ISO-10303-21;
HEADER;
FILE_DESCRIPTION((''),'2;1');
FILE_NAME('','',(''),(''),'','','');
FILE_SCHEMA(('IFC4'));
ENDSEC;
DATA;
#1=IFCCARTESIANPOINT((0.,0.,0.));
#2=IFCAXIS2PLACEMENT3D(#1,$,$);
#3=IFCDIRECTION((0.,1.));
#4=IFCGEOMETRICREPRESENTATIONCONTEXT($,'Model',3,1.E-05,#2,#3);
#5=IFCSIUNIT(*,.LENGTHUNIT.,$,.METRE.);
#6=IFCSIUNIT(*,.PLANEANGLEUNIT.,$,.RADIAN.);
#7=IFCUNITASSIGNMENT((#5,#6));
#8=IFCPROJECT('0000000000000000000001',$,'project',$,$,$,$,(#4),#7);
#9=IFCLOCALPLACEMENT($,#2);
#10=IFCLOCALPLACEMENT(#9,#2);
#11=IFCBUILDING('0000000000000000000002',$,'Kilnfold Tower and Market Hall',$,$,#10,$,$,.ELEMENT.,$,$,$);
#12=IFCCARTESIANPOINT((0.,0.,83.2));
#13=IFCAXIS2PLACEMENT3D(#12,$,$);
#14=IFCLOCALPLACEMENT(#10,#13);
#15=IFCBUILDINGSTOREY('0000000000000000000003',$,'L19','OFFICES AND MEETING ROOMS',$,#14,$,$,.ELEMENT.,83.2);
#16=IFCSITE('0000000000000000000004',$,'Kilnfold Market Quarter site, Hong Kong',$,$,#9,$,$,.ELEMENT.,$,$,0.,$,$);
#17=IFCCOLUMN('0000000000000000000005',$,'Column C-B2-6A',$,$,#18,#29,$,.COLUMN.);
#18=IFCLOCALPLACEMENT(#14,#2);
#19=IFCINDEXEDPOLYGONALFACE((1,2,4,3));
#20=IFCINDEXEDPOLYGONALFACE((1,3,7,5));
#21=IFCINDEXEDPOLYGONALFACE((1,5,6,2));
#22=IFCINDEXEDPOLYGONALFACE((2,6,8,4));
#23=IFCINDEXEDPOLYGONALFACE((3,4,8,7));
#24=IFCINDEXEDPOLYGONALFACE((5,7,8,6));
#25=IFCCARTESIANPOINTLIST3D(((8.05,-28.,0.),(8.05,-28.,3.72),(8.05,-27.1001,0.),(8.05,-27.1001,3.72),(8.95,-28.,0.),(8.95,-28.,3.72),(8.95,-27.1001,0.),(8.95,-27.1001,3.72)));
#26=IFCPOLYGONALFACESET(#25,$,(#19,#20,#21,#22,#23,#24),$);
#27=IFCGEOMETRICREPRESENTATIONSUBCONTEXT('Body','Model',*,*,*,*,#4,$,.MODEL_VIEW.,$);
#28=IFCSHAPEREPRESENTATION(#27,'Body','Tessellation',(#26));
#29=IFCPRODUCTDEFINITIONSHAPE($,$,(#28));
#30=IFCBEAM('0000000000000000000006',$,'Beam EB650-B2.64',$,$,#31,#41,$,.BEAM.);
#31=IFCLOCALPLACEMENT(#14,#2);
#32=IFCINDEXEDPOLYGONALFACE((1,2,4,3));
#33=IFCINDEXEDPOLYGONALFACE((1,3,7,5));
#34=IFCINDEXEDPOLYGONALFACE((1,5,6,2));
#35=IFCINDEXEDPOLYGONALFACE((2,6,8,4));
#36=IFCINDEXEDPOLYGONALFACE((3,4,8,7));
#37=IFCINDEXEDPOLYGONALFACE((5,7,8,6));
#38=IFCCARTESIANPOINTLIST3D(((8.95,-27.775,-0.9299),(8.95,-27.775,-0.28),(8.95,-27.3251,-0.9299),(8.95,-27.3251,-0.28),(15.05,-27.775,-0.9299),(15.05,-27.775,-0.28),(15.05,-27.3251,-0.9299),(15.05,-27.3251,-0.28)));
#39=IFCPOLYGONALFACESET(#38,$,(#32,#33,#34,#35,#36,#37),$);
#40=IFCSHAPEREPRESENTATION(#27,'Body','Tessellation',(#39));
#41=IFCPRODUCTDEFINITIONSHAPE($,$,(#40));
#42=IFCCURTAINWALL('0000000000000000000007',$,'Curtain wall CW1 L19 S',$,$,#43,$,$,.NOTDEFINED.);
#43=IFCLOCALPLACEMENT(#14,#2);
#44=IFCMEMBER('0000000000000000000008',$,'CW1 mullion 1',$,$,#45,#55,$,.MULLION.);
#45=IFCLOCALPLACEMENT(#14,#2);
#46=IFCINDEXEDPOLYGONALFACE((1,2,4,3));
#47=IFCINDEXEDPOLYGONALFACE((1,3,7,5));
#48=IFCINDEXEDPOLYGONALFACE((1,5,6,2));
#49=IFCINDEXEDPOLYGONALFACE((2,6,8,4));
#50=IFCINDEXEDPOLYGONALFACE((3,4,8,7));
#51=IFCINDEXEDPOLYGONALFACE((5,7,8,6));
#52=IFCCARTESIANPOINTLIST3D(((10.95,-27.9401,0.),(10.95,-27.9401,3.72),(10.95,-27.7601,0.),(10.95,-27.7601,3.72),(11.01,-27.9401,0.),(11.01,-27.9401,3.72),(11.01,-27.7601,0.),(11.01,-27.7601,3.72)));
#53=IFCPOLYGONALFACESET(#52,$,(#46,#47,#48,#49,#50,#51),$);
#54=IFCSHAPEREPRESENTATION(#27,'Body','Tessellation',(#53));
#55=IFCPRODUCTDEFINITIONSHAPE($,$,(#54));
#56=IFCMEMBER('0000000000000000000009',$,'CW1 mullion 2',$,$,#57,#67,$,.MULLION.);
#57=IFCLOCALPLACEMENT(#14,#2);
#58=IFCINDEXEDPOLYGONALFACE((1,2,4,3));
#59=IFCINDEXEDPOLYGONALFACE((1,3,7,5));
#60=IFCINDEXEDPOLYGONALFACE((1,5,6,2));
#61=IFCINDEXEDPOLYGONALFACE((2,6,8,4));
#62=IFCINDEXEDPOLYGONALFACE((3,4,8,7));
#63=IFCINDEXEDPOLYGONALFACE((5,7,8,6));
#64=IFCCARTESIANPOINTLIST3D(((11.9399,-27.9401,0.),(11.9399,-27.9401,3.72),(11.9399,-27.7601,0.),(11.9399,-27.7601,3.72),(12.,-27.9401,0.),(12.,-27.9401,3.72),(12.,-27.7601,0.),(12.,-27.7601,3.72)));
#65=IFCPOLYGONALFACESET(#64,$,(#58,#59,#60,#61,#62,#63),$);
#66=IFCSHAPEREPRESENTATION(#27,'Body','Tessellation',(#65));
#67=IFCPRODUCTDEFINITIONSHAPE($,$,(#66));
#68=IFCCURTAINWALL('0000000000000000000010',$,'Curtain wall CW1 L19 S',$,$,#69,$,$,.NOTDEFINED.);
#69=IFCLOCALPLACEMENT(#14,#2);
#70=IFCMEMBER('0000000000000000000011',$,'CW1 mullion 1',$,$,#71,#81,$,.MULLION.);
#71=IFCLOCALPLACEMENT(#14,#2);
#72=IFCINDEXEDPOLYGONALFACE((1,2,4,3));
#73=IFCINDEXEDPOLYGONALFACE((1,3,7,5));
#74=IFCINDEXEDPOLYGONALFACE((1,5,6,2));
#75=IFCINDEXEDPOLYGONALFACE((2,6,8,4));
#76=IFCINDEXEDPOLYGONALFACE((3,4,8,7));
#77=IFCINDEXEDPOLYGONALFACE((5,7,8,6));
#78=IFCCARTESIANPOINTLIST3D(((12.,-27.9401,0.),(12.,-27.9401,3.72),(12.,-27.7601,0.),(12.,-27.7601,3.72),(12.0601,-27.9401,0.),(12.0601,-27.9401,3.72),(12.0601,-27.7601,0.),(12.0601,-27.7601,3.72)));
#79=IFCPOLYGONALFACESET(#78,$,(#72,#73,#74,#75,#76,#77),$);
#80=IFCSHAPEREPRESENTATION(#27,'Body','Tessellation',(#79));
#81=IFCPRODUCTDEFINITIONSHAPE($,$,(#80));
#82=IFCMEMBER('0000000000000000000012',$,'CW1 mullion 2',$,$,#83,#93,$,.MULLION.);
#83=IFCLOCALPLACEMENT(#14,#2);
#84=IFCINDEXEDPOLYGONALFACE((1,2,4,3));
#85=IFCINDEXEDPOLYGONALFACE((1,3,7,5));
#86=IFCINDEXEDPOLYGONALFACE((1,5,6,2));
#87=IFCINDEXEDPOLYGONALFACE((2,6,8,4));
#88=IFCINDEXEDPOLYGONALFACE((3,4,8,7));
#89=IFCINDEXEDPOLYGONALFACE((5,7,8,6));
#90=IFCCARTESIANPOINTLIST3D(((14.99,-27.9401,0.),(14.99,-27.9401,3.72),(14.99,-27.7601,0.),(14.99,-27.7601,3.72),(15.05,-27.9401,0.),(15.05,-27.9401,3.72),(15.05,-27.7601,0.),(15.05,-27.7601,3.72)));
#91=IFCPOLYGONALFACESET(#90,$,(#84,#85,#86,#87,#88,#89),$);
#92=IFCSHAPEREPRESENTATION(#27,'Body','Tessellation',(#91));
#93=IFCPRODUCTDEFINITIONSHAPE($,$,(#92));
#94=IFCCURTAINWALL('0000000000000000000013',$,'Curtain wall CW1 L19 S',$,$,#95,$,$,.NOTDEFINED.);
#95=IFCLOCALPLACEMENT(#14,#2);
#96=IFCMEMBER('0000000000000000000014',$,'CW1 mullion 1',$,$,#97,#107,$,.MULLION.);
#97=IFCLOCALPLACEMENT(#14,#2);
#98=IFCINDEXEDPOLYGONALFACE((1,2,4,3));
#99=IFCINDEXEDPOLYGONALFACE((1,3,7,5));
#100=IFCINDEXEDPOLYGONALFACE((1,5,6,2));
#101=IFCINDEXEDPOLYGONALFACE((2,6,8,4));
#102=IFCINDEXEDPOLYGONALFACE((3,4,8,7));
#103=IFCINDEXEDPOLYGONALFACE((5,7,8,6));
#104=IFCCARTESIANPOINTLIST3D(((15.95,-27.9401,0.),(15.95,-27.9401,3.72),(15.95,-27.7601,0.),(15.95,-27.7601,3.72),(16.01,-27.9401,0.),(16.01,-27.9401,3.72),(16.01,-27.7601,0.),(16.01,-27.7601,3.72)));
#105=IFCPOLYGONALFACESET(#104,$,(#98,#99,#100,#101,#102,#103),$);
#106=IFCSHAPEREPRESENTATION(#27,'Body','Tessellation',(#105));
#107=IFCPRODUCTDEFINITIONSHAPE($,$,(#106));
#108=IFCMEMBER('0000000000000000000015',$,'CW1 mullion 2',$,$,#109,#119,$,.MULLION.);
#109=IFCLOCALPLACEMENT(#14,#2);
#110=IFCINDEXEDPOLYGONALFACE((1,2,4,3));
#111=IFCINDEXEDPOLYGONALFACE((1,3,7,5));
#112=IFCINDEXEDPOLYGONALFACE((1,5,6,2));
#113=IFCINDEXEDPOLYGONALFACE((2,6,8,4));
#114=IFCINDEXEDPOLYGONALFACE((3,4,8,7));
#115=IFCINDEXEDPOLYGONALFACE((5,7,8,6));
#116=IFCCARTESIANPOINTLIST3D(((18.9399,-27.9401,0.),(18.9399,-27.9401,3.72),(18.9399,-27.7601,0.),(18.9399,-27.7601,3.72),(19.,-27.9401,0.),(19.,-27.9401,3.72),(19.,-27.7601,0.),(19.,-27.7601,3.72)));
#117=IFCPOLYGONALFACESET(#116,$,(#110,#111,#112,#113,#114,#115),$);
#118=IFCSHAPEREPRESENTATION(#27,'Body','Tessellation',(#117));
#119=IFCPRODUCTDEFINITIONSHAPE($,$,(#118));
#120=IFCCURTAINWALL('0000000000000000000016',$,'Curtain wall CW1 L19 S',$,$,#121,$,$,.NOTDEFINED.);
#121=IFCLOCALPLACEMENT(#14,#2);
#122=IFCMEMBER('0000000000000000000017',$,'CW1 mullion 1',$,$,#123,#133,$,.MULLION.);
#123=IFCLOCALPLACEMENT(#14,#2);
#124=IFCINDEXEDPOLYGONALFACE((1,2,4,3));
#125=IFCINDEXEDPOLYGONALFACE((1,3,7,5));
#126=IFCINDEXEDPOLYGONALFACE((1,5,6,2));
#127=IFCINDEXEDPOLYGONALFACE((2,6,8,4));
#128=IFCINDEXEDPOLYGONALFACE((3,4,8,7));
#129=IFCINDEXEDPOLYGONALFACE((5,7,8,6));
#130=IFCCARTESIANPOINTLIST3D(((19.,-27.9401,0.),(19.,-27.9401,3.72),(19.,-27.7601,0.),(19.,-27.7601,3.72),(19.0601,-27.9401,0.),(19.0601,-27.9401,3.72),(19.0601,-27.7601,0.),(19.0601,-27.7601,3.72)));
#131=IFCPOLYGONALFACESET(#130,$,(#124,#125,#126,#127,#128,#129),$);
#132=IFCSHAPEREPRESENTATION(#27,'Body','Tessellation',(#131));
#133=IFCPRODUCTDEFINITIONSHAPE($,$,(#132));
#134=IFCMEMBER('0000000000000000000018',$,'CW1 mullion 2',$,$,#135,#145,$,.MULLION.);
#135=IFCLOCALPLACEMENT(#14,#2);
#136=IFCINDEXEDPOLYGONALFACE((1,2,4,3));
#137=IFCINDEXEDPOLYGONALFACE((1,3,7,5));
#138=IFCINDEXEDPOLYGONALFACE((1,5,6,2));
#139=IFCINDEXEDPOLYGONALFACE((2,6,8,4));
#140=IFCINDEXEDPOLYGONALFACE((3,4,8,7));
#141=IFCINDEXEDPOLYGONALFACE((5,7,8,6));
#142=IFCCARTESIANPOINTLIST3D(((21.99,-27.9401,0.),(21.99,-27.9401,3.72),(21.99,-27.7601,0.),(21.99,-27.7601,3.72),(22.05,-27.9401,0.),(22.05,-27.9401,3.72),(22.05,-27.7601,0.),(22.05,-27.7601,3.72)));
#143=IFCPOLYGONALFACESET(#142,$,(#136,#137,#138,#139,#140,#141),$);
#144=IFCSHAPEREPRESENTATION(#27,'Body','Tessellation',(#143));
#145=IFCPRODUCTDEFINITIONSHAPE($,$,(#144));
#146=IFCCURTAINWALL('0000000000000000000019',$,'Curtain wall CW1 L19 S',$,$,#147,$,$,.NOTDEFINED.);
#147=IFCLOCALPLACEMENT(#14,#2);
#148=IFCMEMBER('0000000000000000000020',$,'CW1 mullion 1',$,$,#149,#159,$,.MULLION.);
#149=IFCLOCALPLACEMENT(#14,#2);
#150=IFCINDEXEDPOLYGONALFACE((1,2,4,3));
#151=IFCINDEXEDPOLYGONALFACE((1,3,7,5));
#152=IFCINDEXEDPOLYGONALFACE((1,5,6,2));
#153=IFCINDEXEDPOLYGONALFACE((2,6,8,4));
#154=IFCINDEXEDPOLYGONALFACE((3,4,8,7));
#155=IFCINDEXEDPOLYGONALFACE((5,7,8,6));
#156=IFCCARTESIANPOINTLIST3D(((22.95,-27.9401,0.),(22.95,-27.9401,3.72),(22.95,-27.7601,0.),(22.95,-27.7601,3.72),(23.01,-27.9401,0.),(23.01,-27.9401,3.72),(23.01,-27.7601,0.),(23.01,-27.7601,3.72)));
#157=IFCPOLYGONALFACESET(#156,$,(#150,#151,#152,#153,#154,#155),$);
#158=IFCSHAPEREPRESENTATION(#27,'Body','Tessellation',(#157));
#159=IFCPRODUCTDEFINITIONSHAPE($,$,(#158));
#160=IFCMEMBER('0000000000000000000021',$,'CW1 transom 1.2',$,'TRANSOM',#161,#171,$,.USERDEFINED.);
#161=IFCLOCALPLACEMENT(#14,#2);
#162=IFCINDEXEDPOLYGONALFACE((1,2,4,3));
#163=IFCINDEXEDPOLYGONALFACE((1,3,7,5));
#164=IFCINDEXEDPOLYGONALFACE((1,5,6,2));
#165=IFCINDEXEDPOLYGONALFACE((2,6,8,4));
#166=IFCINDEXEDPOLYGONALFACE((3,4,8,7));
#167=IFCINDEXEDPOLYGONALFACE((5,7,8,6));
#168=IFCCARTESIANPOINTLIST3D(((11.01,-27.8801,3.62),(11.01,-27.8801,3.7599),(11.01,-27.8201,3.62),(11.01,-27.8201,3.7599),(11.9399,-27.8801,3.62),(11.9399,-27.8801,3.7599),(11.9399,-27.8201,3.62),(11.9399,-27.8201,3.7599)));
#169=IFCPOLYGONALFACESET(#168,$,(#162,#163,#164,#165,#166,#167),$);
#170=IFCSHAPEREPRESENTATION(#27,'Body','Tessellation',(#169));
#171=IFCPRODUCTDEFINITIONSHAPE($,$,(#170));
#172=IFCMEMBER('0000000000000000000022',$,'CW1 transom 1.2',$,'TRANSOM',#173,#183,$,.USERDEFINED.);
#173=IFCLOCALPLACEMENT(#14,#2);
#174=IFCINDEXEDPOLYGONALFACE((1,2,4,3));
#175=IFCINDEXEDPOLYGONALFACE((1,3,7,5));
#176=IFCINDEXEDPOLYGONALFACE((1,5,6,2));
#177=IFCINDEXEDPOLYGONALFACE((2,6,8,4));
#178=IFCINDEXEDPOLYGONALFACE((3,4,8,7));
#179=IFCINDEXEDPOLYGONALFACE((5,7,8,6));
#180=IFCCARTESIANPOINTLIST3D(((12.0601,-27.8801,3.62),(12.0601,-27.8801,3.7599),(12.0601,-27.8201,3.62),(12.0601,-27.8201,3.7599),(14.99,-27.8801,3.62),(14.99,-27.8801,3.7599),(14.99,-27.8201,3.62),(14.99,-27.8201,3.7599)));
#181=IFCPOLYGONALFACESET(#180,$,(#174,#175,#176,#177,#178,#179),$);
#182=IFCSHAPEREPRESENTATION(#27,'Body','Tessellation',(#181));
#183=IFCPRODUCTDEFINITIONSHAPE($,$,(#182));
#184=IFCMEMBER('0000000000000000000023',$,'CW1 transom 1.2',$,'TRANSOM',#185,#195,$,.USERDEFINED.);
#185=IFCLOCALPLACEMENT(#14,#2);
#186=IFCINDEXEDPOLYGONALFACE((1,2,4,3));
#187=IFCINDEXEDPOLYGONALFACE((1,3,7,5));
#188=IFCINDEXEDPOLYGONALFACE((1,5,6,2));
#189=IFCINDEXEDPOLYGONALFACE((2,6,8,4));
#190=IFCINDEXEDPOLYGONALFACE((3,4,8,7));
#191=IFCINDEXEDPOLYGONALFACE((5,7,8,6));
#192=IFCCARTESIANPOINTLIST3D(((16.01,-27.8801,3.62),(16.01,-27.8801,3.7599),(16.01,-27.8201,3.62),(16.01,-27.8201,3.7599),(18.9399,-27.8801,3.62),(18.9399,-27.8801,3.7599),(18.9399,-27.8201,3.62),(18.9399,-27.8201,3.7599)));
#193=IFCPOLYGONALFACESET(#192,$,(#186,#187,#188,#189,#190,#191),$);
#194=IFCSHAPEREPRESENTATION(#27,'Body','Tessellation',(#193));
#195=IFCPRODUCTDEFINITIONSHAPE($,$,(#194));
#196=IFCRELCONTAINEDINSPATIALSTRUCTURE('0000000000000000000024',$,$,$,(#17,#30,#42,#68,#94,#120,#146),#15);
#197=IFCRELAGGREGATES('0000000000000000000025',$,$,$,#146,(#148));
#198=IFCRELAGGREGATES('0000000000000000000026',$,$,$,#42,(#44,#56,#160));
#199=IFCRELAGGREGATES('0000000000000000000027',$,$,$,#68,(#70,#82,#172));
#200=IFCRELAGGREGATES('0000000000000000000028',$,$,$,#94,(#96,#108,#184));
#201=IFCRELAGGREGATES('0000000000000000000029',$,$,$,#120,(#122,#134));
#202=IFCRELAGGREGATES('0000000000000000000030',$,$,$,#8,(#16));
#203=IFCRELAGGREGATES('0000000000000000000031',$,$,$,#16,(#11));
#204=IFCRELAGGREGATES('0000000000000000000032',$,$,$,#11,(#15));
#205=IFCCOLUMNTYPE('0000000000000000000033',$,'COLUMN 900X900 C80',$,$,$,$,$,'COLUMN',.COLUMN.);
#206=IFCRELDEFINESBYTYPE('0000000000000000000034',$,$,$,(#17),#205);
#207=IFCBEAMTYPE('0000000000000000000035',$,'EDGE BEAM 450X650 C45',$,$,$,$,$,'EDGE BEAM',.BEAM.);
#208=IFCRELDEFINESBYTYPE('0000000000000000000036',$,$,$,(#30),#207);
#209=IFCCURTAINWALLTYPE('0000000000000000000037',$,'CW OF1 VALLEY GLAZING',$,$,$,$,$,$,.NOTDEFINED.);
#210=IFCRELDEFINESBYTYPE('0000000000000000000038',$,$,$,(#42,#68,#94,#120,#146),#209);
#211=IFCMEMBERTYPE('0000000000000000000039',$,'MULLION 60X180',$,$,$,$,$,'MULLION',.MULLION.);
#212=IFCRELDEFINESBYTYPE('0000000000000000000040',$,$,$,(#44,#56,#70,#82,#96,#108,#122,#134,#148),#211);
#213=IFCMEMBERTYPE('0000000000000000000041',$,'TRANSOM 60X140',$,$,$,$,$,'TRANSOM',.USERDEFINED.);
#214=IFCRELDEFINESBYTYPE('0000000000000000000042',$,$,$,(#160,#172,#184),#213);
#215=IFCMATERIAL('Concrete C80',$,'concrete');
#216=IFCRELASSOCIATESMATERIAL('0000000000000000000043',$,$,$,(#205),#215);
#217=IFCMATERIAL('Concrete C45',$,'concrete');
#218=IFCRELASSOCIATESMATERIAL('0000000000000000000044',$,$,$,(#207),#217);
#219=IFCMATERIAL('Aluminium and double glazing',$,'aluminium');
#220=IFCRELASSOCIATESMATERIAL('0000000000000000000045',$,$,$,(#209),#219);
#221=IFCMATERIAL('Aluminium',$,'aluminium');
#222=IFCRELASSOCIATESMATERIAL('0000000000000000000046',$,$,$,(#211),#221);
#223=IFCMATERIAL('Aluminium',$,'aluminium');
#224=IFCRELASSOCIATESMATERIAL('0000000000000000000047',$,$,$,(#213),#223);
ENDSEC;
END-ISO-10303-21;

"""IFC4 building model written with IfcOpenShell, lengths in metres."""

from ifc_helpers import new_model, si_unit, direction, frame, origin, origin_2d, place, context, subcontext, project, spatial, rectangle, extrude, source, transform, mapped, material, material_profile, profile_set, type_object, element, aggregate, save


model = new_model("IFC4")

# Units and contexts
model_context = context("Model", 3, precision=1e-05, world=origin(), true_north=direction((0.0, 1.0)))
body_context = subcontext(model_context, "Body", "Model", "MODEL_VIEW")
ifc_project = project(units=[si_unit("LENGTHUNIT", "METRE"), si_unit("PLANEANGLEUNIT", "RADIAN")], contexts=[model_context])

# Site, building, storey
site_placement = place(None, origin())
site = spatial("IfcSite", under=ifc_project, at=site_placement, Name="Kilnfold Market Quarter site, Hong Kong", CompositionType="ELEMENT", RefElevation=0.0)
building_placement = place(site_placement, origin())
building = spatial("IfcBuilding", under=site, at=building_placement, Name="Kilnfold Tower and Market Hall", CompositionType="ELEMENT")
storey_placement = place(building_placement, frame((0.0, 0.0, 83.2)))
storey = spatial("IfcBuildingStorey", under=building, at=storey_placement, Name="L19", Description="OFFICES AND MEETING ROOMS", CompositionType="ELEMENT", Elevation=83.2)

# Column
ifc_material_1 = material(Name="Concrete C80", Category="concrete")
ifc_material_profile_1 = material_profile(ifc_material_1, rectangle(XDim=0.8999, YDim=0.8999, at=origin_2d()), Name="RC 900x900")
ifc_profile_set_1 = profile_set([ifc_material_profile_1], Name="Concrete C80")
column_type = type_object("IfcColumnType", Name="COLUMN 900X900 C80", ElementType="COLUMN", PredefinedType="COLUMN", material=ifc_profile_set_1)
shared_shape_1 = source(origin(), body_context, "Body", "SweptSolid", [
    extrude(rectangle(XDim=0.8999, YDim=0.8999, at=origin_2d()), origin(), (0.0, 0.0, 1.0), 3.72),
])
column_placement = place(storey_placement, frame((8.5, -27.55, 0.0), z_axis=(0.0, 0.0, 1.0), x_axis=(1.0, 0.0, 0.0)))
element("IfcColumn", 1, at=column_placement, inside=storey, type_object=column_type, Name="Column C-B2-6A", PredefinedType="COLUMN", context=body_context, shape_type="MappedRepresentation", body=[
    mapped(shared_shape_1, transform((0.0, 0.0, 0.0))),
])

# Beam
ifc_material_2 = material(Name="Concrete C45", Category="concrete")
ifc_material_profile_2 = material_profile(ifc_material_2, rectangle(XDim=0.45, YDim=0.6499, at=origin_2d()), Name="RC 450x650")
ifc_profile_set_2 = profile_set([ifc_material_profile_2], Name="Concrete C45")
beam_type = type_object("IfcBeamType", Name="EDGE BEAM 450X650 C45", ElementType="EDGE BEAM", PredefinedType="BEAM", material=ifc_profile_set_2)
shared_shape_2 = source(origin(), body_context, "Body", "SweptSolid", [
    extrude(rectangle(XDim=0.45, YDim=0.6499, at=origin_2d()), origin(), (0.0, 0.0, 1.0), 6.1001),
])
beam_placement = place(storey_placement, frame((8.95, -27.55, -0.605), z_axis=(1.0, 0.0, 0.0), x_axis=(0.0, 1.0, 0.0)))
element("IfcBeam", 2, at=beam_placement, inside=storey, type_object=beam_type, Name="Beam EB650-B2.64", PredefinedType="BEAM", context=body_context, shape_type="MappedRepresentation", body=[
    mapped(shared_shape_2, transform((0.0, 0.0, 0.0))),
])

# Curtain walls, members
ifc_material_3 = material(Name="Aluminium and double glazing", Category="aluminium")
curtain_wall_type = type_object("IfcCurtainWallType", Name="CW OF1 VALLEY GLAZING", PredefinedType="NOTDEFINED", material=ifc_material_3)
curtain_wall_1_placement = place(storey_placement, origin())
curtain_wall_1 = element("IfcCurtainWall", 3, at=curtain_wall_1_placement, inside=storey, type_object=curtain_wall_type, Name="Curtain wall CW1 L19 S", PredefinedType="NOTDEFINED")
ifc_material_4 = material(Name="Aluminium", Category="aluminium")
ifc_material_profile_3 = material_profile(ifc_material_4, rectangle(XDim=0.0601, YDim=0.1799, at=origin_2d()), Name="MULLION 60x180")
ifc_profile_set_3 = profile_set([ifc_material_profile_3], Name="Aluminium")
member_type_1 = type_object("IfcMemberType", Name="MULLION 60X180", ElementType="MULLION", PredefinedType="MULLION", material=ifc_profile_set_3)
shared_shape_3 = source(origin(), body_context, "Body", "SweptSolid", [
    extrude(rectangle(XDim=0.0601, YDim=0.1799, at=origin_2d()), origin(), (0.0, 0.0, 1.0), 3.72),
])
member_1_placement = place(storey_placement, frame((10.98, -27.8501, 0.0), z_axis=(0.0, 0.0, 1.0), x_axis=(1.0, 0.0, 0.0)))
member_1 = element("IfcMember", 4, at=member_1_placement, type_object=member_type_1, Name="CW1 mullion 1", PredefinedType="MULLION", context=body_context, shape_type="MappedRepresentation", body=[
    mapped(shared_shape_3, transform((0.0, 0.0, 0.0))),
])
member_2_placement = place(storey_placement, frame((11.97, -27.8501, 0.0), z_axis=(0.0, 0.0, 1.0), x_axis=(1.0, 0.0, 0.0)))
member_2 = element("IfcMember", 5, at=member_2_placement, type_object=member_type_1, Name="CW1 mullion 2", PredefinedType="MULLION", context=body_context, shape_type="MappedRepresentation", body=[
    mapped(shared_shape_3, transform((0.0, 0.0, 0.0))),
])
curtain_wall_2_placement = place(storey_placement, origin())
curtain_wall_2 = element("IfcCurtainWall", 6, at=curtain_wall_2_placement, inside=storey, type_object=curtain_wall_type, Name="Curtain wall CW1 L19 S", PredefinedType="NOTDEFINED")
member_3_placement = place(storey_placement, frame((12.03, -27.8501, 0.0), z_axis=(0.0, 0.0, 1.0), x_axis=(1.0, 0.0, 0.0)))
member_3 = element("IfcMember", 7, at=member_3_placement, type_object=member_type_1, Name="CW1 mullion 1", PredefinedType="MULLION", context=body_context, shape_type="MappedRepresentation", body=[
    mapped(shared_shape_3, transform((0.0, 0.0, 0.0))),
])
member_4_placement = place(storey_placement, frame((15.02, -27.8501, 0.0), z_axis=(0.0, 0.0, 1.0), x_axis=(1.0, 0.0, 0.0)))
member_4 = element("IfcMember", 8, at=member_4_placement, type_object=member_type_1, Name="CW1 mullion 2", PredefinedType="MULLION", context=body_context, shape_type="MappedRepresentation", body=[
    mapped(shared_shape_3, transform((0.0, 0.0, 0.0))),
])
curtain_wall_3_placement = place(storey_placement, origin())
curtain_wall_3 = element("IfcCurtainWall", 9, at=curtain_wall_3_placement, inside=storey, type_object=curtain_wall_type, Name="Curtain wall CW1 L19 S", PredefinedType="NOTDEFINED")
member_5_placement = place(storey_placement, frame((15.98, -27.8501, 0.0), z_axis=(0.0, 0.0, 1.0), x_axis=(1.0, 0.0, 0.0)))
member_5 = element("IfcMember", 10, at=member_5_placement, type_object=member_type_1, Name="CW1 mullion 1", PredefinedType="MULLION", context=body_context, shape_type="MappedRepresentation", body=[
    mapped(shared_shape_3, transform((0.0, 0.0, 0.0))),
])
member_6_placement = place(storey_placement, frame((18.97, -27.8501, 0.0), z_axis=(0.0, 0.0, 1.0), x_axis=(1.0, 0.0, 0.0)))
member_6 = element("IfcMember", 11, at=member_6_placement, type_object=member_type_1, Name="CW1 mullion 2", PredefinedType="MULLION", context=body_context, shape_type="MappedRepresentation", body=[
    mapped(shared_shape_3, transform((0.0, 0.0, 0.0))),
])
curtain_wall_4_placement = place(storey_placement, origin())
curtain_wall_4 = element("IfcCurtainWall", 12, at=curtain_wall_4_placement, inside=storey, type_object=curtain_wall_type, Name="Curtain wall CW1 L19 S", PredefinedType="NOTDEFINED")
member_7_placement = place(storey_placement, frame((19.03, -27.8501, 0.0), z_axis=(0.0, 0.0, 1.0), x_axis=(1.0, 0.0, 0.0)))
member_7 = element("IfcMember", 13, at=member_7_placement, type_object=member_type_1, Name="CW1 mullion 1", PredefinedType="MULLION", context=body_context, shape_type="MappedRepresentation", body=[
    mapped(shared_shape_3, transform((0.0, 0.0, 0.0))),
])
member_8_placement = place(storey_placement, frame((22.02, -27.8501, 0.0), z_axis=(0.0, 0.0, 1.0), x_axis=(1.0, 0.0, 0.0)))
member_8 = element("IfcMember", 14, at=member_8_placement, type_object=member_type_1, Name="CW1 mullion 2", PredefinedType="MULLION", context=body_context, shape_type="MappedRepresentation", body=[
    mapped(shared_shape_3, transform((0.0, 0.0, 0.0))),
])

# Curtain wall, member
curtain_wall_5_placement = place(storey_placement, origin())
curtain_wall_5 = element("IfcCurtainWall", 15, at=curtain_wall_5_placement, inside=storey, type_object=curtain_wall_type, Name="Curtain wall CW1 L19 S", PredefinedType="NOTDEFINED")
member_9_placement = place(storey_placement, frame((22.98, -27.8501, 0.0), z_axis=(0.0, 0.0, 1.0), x_axis=(1.0, 0.0, 0.0)))
member_9 = element("IfcMember", 16, at=member_9_placement, type_object=member_type_1, Name="CW1 mullion 1", PredefinedType="MULLION", context=body_context, shape_type="MappedRepresentation", body=[
    mapped(shared_shape_3, transform((0.0, 0.0, 0.0))),
])
aggregate(curtain_wall_5, [member_9])

# Members
ifc_material_5 = material(Name="Aluminium", Category="aluminium")
ifc_material_profile_4 = material_profile(ifc_material_5, rectangle(XDim=0.0601, YDim=0.1399, at=origin_2d()), Name="TRANSOM 60x140")
ifc_profile_set_4 = profile_set([ifc_material_profile_4], Name="Aluminium")
member_type_2 = type_object("IfcMemberType", Name="TRANSOM 60X140", ElementType="TRANSOM", PredefinedType="USERDEFINED", material=ifc_profile_set_4)
shared_shape_4 = source(origin(), body_context, "Body", "SweptSolid", [
    extrude(rectangle(XDim=0.0601, YDim=0.1399, at=origin_2d()), origin(), (0.0, 0.0, 1.0), 0.9299),
])
member_10_placement = place(storey_placement, frame((11.01, -27.8501, 3.6899), z_axis=(1.0, 0.0, 0.0), x_axis=(0.0, 1.0, 0.0)))
member_10 = element("IfcMember", 17, at=member_10_placement, type_object=member_type_2, Name="CW1 transom 1.2", ObjectType="TRANSOM", PredefinedType="USERDEFINED", context=body_context, shape_type="MappedRepresentation", body=[
    mapped(shared_shape_4, transform((0.0, 0.0, 0.0))),
])
shared_shape_5 = source(origin(), body_context, "Body", "SweptSolid", [
    extrude(rectangle(XDim=0.0601, YDim=0.1399, at=origin_2d()), origin(), (0.0, 0.0, 1.0), 2.9299),
])
member_11_placement = place(storey_placement, frame((12.0601, -27.8501, 3.6899), z_axis=(1.0, 0.0, 0.0), x_axis=(0.0, 1.0, 0.0)))
member_11 = element("IfcMember", 18, at=member_11_placement, type_object=member_type_2, Name="CW1 transom 1.2", ObjectType="TRANSOM", PredefinedType="USERDEFINED", context=body_context, shape_type="MappedRepresentation", body=[
    mapped(shared_shape_5, transform((0.0, 0.0, 0.0))),
])
member_12_placement = place(storey_placement, frame((16.01, -27.8501, 3.6899), z_axis=(1.0, 0.0, 0.0), x_axis=(0.0, 1.0, 0.0)))
member_12 = element("IfcMember", 19, at=member_12_placement, type_object=member_type_2, Name="CW1 transom 1.2", ObjectType="TRANSOM", PredefinedType="USERDEFINED", context=body_context, shape_type="MappedRepresentation", body=[
    mapped(shared_shape_5, transform((0.0, 0.0, 0.0))),
])

aggregate(curtain_wall_1, [member_1, member_2, member_10])
aggregate(curtain_wall_2, [member_3, member_4, member_11])
aggregate(curtain_wall_3, [member_5, member_6, member_12])
aggregate(curtain_wall_4, [member_7, member_8])

save(model, "model.ifc")
